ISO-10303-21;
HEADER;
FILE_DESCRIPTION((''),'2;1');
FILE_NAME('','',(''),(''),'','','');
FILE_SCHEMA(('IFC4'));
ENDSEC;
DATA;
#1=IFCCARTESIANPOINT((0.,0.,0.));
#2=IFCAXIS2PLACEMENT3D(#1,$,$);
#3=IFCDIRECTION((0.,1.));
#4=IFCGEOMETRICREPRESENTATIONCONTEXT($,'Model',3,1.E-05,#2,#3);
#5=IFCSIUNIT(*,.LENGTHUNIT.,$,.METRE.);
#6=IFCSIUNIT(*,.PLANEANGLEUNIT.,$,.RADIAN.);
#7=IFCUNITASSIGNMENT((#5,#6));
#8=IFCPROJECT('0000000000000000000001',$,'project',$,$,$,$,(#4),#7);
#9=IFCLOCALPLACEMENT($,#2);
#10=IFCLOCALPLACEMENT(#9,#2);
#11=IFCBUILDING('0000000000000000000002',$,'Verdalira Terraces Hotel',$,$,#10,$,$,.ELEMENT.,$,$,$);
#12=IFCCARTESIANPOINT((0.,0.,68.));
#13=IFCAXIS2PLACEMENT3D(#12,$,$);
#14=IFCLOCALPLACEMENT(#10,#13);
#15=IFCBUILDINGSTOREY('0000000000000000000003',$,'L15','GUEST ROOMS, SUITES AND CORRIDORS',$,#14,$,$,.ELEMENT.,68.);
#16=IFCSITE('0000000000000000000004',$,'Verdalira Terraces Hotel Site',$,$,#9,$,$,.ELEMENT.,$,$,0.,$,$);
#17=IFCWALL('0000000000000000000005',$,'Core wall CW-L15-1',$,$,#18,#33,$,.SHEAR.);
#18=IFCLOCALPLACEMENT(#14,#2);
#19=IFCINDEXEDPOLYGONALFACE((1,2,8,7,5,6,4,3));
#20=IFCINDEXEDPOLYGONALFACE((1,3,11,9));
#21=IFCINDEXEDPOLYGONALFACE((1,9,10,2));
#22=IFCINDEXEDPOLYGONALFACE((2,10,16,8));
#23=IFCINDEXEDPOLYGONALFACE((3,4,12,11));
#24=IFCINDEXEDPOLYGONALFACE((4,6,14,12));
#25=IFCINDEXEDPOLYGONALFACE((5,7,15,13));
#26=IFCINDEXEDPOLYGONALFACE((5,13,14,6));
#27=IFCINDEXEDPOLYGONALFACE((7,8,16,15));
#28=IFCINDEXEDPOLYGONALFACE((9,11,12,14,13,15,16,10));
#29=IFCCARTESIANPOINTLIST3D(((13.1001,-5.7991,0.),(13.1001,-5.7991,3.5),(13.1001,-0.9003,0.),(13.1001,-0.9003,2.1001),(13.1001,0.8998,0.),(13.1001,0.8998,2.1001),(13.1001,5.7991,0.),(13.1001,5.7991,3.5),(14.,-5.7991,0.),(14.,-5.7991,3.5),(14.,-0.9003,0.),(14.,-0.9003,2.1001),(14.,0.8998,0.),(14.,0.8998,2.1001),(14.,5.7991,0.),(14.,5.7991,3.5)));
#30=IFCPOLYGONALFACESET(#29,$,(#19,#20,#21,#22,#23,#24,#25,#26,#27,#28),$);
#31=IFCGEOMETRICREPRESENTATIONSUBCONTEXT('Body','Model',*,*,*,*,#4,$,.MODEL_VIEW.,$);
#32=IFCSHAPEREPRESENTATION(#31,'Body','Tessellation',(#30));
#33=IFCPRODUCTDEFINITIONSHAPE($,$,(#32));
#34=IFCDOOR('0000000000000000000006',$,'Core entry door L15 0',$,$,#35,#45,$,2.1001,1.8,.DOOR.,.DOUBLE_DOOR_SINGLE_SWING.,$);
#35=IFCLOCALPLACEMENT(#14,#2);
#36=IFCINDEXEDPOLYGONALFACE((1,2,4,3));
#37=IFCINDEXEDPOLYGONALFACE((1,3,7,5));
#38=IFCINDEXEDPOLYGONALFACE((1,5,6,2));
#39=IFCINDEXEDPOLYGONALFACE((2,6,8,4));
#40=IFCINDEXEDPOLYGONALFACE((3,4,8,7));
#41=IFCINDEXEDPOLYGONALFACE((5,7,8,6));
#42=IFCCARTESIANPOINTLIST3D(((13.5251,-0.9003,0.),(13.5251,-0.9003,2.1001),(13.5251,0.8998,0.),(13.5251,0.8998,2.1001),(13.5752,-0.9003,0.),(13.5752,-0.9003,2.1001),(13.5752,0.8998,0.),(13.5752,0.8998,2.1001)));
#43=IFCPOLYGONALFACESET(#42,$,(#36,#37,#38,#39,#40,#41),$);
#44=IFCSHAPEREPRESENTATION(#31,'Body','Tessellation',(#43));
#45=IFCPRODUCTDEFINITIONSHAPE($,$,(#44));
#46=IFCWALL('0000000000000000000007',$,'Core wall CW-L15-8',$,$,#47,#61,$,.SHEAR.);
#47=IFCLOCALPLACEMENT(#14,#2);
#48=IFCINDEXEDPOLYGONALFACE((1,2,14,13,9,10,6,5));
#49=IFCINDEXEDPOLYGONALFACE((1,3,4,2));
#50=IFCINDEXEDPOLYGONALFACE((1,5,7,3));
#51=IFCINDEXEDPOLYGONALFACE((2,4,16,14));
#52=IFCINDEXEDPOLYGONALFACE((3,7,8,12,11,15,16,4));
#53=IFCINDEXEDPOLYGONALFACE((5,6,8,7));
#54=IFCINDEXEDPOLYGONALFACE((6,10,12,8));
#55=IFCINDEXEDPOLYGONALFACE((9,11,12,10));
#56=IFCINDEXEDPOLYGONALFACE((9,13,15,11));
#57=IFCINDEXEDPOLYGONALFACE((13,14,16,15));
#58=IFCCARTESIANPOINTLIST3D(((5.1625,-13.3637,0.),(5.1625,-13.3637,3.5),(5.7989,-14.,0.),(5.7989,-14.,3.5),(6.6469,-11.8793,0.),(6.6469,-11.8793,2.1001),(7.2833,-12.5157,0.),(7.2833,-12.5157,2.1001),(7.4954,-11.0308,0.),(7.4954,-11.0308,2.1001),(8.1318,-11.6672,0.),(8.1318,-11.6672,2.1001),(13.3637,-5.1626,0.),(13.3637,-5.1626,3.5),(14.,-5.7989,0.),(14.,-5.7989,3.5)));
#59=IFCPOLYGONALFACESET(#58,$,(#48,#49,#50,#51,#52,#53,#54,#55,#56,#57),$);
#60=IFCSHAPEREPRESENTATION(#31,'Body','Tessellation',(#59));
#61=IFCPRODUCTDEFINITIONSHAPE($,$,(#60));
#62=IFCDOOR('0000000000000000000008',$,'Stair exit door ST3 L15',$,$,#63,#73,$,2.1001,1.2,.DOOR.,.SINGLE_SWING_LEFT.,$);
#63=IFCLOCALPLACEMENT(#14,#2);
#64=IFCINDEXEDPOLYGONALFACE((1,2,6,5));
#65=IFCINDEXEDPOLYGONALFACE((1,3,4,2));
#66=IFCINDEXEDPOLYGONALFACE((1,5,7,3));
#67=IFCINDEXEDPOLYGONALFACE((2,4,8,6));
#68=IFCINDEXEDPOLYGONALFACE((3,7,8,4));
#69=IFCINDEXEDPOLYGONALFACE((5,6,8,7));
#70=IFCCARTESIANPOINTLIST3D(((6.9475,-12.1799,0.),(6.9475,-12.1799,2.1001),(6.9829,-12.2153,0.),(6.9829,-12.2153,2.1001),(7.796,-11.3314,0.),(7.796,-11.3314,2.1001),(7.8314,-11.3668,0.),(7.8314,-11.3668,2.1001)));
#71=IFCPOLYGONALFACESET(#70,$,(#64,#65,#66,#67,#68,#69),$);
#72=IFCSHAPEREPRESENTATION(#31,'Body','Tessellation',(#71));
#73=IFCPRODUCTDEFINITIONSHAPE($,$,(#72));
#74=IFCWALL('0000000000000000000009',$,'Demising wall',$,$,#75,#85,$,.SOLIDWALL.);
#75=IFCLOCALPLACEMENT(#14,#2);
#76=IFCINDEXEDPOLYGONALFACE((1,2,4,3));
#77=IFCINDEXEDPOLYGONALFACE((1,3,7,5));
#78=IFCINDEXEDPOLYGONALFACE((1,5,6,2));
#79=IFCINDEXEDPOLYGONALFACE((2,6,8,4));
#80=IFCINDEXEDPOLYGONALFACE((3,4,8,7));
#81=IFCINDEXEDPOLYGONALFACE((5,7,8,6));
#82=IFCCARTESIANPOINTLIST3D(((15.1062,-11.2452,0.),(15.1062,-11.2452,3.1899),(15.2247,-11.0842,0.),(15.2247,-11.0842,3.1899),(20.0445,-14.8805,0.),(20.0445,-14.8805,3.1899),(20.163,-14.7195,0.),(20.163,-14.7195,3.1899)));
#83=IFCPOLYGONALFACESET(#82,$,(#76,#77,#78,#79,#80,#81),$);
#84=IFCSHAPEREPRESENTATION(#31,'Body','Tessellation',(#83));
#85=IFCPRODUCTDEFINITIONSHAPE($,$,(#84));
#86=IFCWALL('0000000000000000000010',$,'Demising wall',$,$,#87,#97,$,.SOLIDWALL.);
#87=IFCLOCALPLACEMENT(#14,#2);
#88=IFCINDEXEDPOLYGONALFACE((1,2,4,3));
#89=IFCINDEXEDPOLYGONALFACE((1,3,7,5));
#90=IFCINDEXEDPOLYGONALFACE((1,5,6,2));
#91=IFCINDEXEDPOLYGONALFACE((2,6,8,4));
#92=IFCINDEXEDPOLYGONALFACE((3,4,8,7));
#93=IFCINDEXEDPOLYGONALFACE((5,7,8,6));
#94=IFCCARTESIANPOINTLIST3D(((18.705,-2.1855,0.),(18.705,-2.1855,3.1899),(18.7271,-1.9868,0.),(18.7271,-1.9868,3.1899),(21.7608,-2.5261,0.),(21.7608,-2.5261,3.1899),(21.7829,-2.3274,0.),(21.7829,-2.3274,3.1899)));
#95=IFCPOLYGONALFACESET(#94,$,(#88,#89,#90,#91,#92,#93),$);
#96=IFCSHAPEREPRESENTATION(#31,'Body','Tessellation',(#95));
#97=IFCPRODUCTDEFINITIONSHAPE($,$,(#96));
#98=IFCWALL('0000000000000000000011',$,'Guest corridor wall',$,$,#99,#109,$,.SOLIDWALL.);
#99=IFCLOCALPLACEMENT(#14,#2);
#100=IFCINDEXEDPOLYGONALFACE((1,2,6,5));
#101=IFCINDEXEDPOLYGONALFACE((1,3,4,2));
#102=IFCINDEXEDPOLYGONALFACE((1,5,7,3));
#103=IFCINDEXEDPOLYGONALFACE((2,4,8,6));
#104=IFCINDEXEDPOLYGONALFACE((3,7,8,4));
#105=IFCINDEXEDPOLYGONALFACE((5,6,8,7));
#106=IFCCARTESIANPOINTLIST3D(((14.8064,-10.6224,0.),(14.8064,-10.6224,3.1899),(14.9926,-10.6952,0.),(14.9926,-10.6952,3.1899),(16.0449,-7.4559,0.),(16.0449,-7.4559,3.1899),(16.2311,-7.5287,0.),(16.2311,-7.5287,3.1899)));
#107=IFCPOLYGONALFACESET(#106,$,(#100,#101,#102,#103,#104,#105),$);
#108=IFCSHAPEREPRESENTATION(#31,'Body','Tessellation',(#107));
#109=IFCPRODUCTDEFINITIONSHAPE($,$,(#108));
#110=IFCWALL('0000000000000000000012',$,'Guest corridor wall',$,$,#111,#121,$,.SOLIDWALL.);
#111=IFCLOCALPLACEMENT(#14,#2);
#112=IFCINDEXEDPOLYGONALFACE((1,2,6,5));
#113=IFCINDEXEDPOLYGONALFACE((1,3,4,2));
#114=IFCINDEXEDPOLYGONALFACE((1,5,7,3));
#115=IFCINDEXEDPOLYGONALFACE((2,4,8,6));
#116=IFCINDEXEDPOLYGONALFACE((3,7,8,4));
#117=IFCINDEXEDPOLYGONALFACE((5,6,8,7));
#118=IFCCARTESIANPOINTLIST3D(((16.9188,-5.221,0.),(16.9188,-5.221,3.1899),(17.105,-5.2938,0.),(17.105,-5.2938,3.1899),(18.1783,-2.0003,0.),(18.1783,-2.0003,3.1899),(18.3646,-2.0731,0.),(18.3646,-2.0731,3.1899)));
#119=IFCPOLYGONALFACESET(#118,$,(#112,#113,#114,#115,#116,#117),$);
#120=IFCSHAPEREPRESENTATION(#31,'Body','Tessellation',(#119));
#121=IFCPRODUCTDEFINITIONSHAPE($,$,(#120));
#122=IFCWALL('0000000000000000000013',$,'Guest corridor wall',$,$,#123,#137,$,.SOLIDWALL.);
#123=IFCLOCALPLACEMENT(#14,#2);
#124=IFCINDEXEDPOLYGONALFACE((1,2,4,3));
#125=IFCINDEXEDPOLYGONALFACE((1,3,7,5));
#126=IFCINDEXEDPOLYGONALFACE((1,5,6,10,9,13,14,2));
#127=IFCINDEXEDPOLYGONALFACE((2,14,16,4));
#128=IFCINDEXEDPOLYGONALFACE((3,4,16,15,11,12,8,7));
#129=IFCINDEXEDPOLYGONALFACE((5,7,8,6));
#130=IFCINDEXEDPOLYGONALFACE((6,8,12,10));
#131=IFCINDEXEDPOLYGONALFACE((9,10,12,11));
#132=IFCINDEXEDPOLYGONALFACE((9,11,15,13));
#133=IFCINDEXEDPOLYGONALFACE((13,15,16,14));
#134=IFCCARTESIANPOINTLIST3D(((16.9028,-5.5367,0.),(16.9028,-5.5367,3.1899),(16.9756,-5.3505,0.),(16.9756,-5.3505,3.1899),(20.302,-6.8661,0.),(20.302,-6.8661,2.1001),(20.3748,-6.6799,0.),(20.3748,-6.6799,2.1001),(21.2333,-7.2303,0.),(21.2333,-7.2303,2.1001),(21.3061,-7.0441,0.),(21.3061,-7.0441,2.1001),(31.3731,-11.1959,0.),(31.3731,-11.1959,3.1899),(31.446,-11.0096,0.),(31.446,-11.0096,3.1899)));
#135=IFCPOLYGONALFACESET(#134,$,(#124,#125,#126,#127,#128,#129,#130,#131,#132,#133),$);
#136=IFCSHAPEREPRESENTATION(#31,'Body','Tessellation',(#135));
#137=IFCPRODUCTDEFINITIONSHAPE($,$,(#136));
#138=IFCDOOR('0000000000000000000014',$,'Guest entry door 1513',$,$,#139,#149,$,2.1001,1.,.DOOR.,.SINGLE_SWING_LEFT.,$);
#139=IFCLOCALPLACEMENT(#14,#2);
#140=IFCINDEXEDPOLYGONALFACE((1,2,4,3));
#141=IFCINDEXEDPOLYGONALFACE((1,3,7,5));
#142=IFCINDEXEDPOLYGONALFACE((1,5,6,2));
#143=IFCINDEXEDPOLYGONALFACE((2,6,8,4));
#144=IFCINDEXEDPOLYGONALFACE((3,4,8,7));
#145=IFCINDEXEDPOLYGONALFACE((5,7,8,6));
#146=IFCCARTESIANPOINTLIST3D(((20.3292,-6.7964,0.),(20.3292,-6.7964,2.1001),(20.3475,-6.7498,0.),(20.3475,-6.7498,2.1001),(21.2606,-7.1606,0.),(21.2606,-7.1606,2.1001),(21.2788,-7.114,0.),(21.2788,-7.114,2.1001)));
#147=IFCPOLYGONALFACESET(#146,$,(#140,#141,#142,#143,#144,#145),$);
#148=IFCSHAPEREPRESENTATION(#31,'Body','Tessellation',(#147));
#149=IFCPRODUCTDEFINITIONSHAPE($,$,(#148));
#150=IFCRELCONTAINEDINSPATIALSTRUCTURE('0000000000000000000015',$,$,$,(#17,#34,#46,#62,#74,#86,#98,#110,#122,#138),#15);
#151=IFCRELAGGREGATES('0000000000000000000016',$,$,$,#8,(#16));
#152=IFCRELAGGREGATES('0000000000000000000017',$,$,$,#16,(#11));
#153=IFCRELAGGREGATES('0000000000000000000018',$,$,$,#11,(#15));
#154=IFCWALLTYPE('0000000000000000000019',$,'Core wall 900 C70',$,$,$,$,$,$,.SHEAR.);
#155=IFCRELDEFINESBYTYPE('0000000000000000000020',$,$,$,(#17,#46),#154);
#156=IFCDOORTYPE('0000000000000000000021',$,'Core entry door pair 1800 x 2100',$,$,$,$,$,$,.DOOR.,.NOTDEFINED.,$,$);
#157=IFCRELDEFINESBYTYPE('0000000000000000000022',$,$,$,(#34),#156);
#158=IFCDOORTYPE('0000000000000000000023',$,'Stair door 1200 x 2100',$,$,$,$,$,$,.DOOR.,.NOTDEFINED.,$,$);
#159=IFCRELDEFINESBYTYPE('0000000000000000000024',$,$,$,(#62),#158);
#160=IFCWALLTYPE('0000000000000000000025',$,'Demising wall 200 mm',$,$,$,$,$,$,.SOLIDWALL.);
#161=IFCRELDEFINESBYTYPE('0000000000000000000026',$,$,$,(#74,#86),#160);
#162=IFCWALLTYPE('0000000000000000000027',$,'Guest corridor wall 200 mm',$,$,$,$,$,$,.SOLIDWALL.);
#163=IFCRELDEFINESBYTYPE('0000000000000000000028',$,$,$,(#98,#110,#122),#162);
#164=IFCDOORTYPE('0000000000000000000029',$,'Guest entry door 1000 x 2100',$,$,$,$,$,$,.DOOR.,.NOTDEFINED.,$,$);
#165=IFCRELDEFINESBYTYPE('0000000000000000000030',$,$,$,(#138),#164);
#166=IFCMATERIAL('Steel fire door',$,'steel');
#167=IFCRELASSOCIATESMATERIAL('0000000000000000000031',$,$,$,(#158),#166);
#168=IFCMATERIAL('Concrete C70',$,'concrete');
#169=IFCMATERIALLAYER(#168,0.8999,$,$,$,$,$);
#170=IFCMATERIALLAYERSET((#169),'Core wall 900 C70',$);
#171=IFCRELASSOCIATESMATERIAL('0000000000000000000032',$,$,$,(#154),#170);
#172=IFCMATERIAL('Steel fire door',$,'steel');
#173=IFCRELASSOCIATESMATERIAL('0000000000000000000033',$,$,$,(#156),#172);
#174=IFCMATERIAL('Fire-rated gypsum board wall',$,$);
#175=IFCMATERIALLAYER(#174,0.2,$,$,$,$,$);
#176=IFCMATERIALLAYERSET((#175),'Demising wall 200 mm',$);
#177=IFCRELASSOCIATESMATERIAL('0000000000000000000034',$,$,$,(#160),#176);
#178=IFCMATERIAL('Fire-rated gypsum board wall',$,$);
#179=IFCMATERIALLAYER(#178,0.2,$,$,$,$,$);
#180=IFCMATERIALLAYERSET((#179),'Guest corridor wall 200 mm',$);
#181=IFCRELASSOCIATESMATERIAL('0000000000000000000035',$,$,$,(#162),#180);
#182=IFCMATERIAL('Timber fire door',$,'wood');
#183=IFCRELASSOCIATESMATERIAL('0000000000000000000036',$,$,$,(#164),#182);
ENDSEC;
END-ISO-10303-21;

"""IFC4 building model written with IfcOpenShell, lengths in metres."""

from ifc_helpers import new_model, si_unit, direction, frame, frame_2d, origin, place, context, subcontext, project, spatial, rectangle, extrude, material, layer, layer_set, type_object, element, fill, save


model = new_model("IFC4")

# Units and contexts
model_context = context("Model", 3, precision=1e-05, world=origin(), true_north=direction((0.0, 1.0)))
body_context = subcontext(model_context, "Body", "Model", "MODEL_VIEW")
ifc_project = project(units=[si_unit("LENGTHUNIT", "METRE"), si_unit("PLANEANGLEUNIT", "RADIAN")], contexts=[model_context])

# Site, building, storey
site_placement = place(None, origin())
site = spatial("IfcSite", under=ifc_project, at=site_placement, Name="Verdalira Terraces Hotel Site", CompositionType="ELEMENT", RefElevation=0.0)
building_placement = place(site_placement, origin())
building = spatial("IfcBuilding", under=site, at=building_placement, Name="Verdalira Terraces Hotel", CompositionType="ELEMENT")
storey_placement = place(building_placement, frame((0.0, 0.0, 68.0)))
storey = spatial("IfcBuildingStorey", under=building, at=storey_placement, Name="L15", Description="GUEST ROOMS, SUITES AND CORRIDORS", CompositionType="ELEMENT", Elevation=68.0)

# Shared definitions
ifc_material_1 = material(Name="Steel fire door", Category="steel")
door_type_1 = type_object("IfcDoorType", Name="Stair door 1200 x 2100", OperationType="NOTDEFINED", PredefinedType="DOOR", material=ifc_material_1)

# Walls, openings, doors
ifc_material_2 = material(Name="Concrete C70", Category="concrete")
ifc_layer_1 = layer(ifc_material_2, 0.8999)
ifc_layer_set_1 = layer_set([ifc_layer_1], Name="Core wall 900 C70")
wall_type_1 = type_object("IfcWallType", Name="Core wall 900 C70", PredefinedType="SHEAR", material=ifc_layer_set_1)
wall_1_placement = place(storey_placement, frame((13.55, -5.7991, 0.0), z_axis=(0.0, 0.0, 1.0), x_axis=(0.0, 1.0, 0.0)))
wall_1 = element("IfcWall", 1, at=wall_1_placement, inside=storey, type_object=wall_type_1, Name="Core wall CW-L15-1", PredefinedType="SHEAR", context=body_context, shape_type="SweptSolid", body=[
    extrude(rectangle(XDim=11.5981, YDim=0.8999, at=frame_2d((5.7991, 0.0))), origin(), (0.0, 0.0, 1.0), 3.5),
])
opening_1_placement = place(wall_1_placement, frame((4.8989, 0.0, 0.0)))
opening_1 = element("IfcOpeningElement", 2, at=opening_1_placement, cuts=wall_1, PredefinedType="OPENING", context=body_context, shape_type="SweptSolid", body=[
    extrude(rectangle(XDim=1.8, YDim=2.1001, at=frame_2d((0.8999, 1.05))), frame((0.0, 0.46, 0.0), z_axis=(0.0, -1.0, 0.0), x_axis=(1.0, 0.0, 0.0)), (0.0, 0.0, 1.0), 0.9199),
])
ifc_material_3 = material(Name="Steel fire door", Category="steel")
door_type_2 = type_object("IfcDoorType", Name="Core entry door pair 1800 x 2100", OperationType="NOTDEFINED", PredefinedType="DOOR", material=ifc_material_3)
door_1_placement = place(opening_1_placement, origin())
door_1 = element("IfcDoor", 3, at=door_1_placement, inside=storey, type_object=door_type_2, Name="Core entry door L15 0", OperationType="DOUBLE_DOOR_SINGLE_SWING", OverallHeight=2.1001, OverallWidth=1.8, PredefinedType="DOOR", context=body_context, shape_type="SweptSolid", body=[
    extrude(rectangle(XDim=1.8, YDim=2.1001, at=frame_2d((0.8999, 1.05))), frame((0.0, 0.0249, 0.0), z_axis=(0.0, -1.0, 0.0), x_axis=(1.0, 0.0, 0.0)), (0.0, 0.0, 1.0), 0.05),
])
fill(opening_1, door_1)
wall_2_placement = place(storey_placement, frame((5.4807, -13.6819, 0.0), z_axis=(0.0, 0.0, 1.0), x_axis=(0.707107, 0.707107, 0.0)))
wall_2 = element("IfcWall", 4, at=wall_2_placement, inside=storey, type_object=wall_type_1, Name="Core wall CW-L15-8", PredefinedType="SHEAR", context=body_context, shape_type="SweptSolid", body=[
    extrude(rectangle(XDim=11.5981, YDim=0.8999, at=frame_2d((5.7991, 0.0))), origin(), (0.0, 0.0, 1.0), 3.5),
])
opening_2_placement = place(wall_2_placement, frame((2.0991, 0.0, 0.0)))
opening_2 = element("IfcOpeningElement", 5, at=opening_2_placement, cuts=wall_2, PredefinedType="OPENING", context=body_context, shape_type="SweptSolid", body=[
    extrude(rectangle(XDim=1.2, YDim=2.1001, at=frame_2d((0.6001, 1.05))), frame((0.0, 0.46, 0.0), z_axis=(0.0, -1.0, 0.0), x_axis=(1.0, 0.0, 0.0)), (0.0, 0.0, 1.0), 0.9199),
])
door_2_placement = place(opening_2_placement, origin())
door_2 = element("IfcDoor", 6, at=door_2_placement, inside=storey, type_object=door_type_1, Name="Stair exit door ST3 L15", OperationType="SINGLE_SWING_LEFT", OverallHeight=2.1001, OverallWidth=1.2, PredefinedType="DOOR", context=body_context, shape_type="SweptSolid", body=[
    extrude(rectangle(XDim=1.2, YDim=2.1001, at=frame_2d((0.6001, 1.05))), frame((0.0, 0.0249, 0.0), z_axis=(0.0, -1.0, 0.0), x_axis=(1.0, 0.0, 0.0)), (0.0, 0.0, 1.0), 0.05),
])
fill(opening_2, door_2)

# Walls
ifc_material_4 = material(Name="Fire-rated gypsum board wall")
ifc_layer_2 = layer(ifc_material_4, 0.2)
ifc_layer_set_2 = layer_set([ifc_layer_2], Name="Demising wall 200 mm")
wall_type_2 = type_object("IfcWallType", Name="Demising wall 200 mm", PredefinedType="SOLIDWALL", material=ifc_layer_set_2)
wall_3_placement = place(storey_placement, frame((15.1655, -11.1648, 0.0), z_axis=(0.0, 0.0, 1.0), x_axis=(0.805324, -0.592835, 0.0)))
element("IfcWall", 7, at=wall_3_placement, inside=storey, type_object=wall_type_2, Name="Demising wall", PredefinedType="SOLIDWALL", context=body_context, shape_type="SweptSolid", body=[
    extrude(rectangle(XDim=6.1321, YDim=0.2, at=frame_2d((3.0659, 0.0))), origin(), (0.0, 0.0, 1.0), 3.1899),
])
wall_4_placement = place(storey_placement, frame((18.7161, -2.0862, 0.0), z_axis=(0.0, 0.0, 1.0), x_axis=(0.993847, -0.110763, 0.0)))
element("IfcWall", 8, at=wall_4_placement, inside=storey, type_object=wall_type_2, Name="Demising wall", PredefinedType="SOLIDWALL", context=body_context, shape_type="SweptSolid", body=[
    extrude(rectangle(XDim=3.0747, YDim=0.2, at=frame_2d((1.5374, 0.0))), origin(), (0.0, 0.0, 1.0), 3.1899),
])
ifc_material_5 = material(Name="Fire-rated gypsum board wall")
ifc_layer_3 = layer(ifc_material_5, 0.2)
ifc_layer_set_3 = layer_set([ifc_layer_3], Name="Guest corridor wall 200 mm")
wall_type_3 = type_object("IfcWallType", Name="Guest corridor wall 200 mm", PredefinedType="SOLIDWALL", material=ifc_layer_set_3)
wall_5_placement = place(storey_placement, frame((14.8994, -10.6589, 0.0), z_axis=(0.0, 0.0, 1.0), x_axis=(0.364261, 0.931297, 0.0)))
element("IfcWall", 9, at=wall_5_placement, inside=storey, type_object=wall_type_3, Name="Guest corridor wall", PredefinedType="SOLIDWALL", context=body_context, shape_type="SweptSolid", body=[
    extrude(rectangle(XDim=3.4001, YDim=0.2, at=frame_2d((1.7002, 0.0))), origin(), (0.0, 0.0, 1.0), 3.1899),
])
wall_6_placement = place(storey_placement, frame((17.012, -5.2573, 0.0), z_axis=(0.0, 0.0, 1.0), x_axis=(0.36421, 0.931317, 0.0)))
element("IfcWall", 10, at=wall_6_placement, inside=storey, type_object=wall_type_3, Name="Guest corridor wall", PredefinedType="SOLIDWALL", context=body_context, shape_type="SweptSolid", body=[
    extrude(rectangle(XDim=3.4583, YDim=0.2, at=frame_2d((1.729, 0.0))), origin(), (0.0, 0.0, 1.0), 3.1899),
])

# Wall, opening, door
wall_7_placement = place(storey_placement, frame((16.9392, -5.4436, 0.0), z_axis=(0.0, 0.0, 1.0), x_axis=(0.931312, -0.364222, 0.0)))
wall_7 = element("IfcWall", 11, at=wall_7_placement, inside=storey, type_object=wall_type_3, Name="Guest corridor wall", PredefinedType="SOLIDWALL", context=body_context, shape_type="SweptSolid", body=[
    extrude(rectangle(XDim=15.5376, YDim=0.2, at=frame_2d((7.7688, 0.0))), origin(), (0.0, 0.0, 1.0), 3.1899),
])
opening_3_placement = place(wall_7_placement, frame((3.6499, 0.0, 0.0)))
opening_3 = element("IfcOpeningElement", 12, at=opening_3_placement, cuts=wall_7, PredefinedType="OPENING", context=body_context, shape_type="SweptSolid", body=[
    extrude(rectangle(XDim=1.0, YDim=2.1001, at=frame_2d((0.5, 1.05))), frame((0.0, 0.1099, 0.0), z_axis=(0.0, -1.0, 0.0), x_axis=(1.0, 0.0, 0.0)), (0.0, 0.0, 1.0), 0.22),
])
ifc_material_6 = material(Name="Timber fire door", Category="wood")
door_type_3 = type_object("IfcDoorType", Name="Guest entry door 1000 x 2100", OperationType="NOTDEFINED", PredefinedType="DOOR", material=ifc_material_6)
door_3_placement = place(opening_3_placement, origin())
door_3 = element("IfcDoor", 13, at=door_3_placement, inside=storey, type_object=door_type_3, Name="Guest entry door 1513", OperationType="SINGLE_SWING_LEFT", OverallHeight=2.1001, OverallWidth=1.0, PredefinedType="DOOR", context=body_context, shape_type="SweptSolid", body=[
    extrude(rectangle(XDim=1.0, YDim=2.1001, at=frame_2d((0.5, 1.05))), frame((0.0, 0.0249, 0.0), z_axis=(0.0, -1.0, 0.0), x_axis=(1.0, 0.0, 0.0)), (0.0, 0.0, 1.0), 0.05),
])
fill(opening_3, door_3)

save(model, "model.ifc")
